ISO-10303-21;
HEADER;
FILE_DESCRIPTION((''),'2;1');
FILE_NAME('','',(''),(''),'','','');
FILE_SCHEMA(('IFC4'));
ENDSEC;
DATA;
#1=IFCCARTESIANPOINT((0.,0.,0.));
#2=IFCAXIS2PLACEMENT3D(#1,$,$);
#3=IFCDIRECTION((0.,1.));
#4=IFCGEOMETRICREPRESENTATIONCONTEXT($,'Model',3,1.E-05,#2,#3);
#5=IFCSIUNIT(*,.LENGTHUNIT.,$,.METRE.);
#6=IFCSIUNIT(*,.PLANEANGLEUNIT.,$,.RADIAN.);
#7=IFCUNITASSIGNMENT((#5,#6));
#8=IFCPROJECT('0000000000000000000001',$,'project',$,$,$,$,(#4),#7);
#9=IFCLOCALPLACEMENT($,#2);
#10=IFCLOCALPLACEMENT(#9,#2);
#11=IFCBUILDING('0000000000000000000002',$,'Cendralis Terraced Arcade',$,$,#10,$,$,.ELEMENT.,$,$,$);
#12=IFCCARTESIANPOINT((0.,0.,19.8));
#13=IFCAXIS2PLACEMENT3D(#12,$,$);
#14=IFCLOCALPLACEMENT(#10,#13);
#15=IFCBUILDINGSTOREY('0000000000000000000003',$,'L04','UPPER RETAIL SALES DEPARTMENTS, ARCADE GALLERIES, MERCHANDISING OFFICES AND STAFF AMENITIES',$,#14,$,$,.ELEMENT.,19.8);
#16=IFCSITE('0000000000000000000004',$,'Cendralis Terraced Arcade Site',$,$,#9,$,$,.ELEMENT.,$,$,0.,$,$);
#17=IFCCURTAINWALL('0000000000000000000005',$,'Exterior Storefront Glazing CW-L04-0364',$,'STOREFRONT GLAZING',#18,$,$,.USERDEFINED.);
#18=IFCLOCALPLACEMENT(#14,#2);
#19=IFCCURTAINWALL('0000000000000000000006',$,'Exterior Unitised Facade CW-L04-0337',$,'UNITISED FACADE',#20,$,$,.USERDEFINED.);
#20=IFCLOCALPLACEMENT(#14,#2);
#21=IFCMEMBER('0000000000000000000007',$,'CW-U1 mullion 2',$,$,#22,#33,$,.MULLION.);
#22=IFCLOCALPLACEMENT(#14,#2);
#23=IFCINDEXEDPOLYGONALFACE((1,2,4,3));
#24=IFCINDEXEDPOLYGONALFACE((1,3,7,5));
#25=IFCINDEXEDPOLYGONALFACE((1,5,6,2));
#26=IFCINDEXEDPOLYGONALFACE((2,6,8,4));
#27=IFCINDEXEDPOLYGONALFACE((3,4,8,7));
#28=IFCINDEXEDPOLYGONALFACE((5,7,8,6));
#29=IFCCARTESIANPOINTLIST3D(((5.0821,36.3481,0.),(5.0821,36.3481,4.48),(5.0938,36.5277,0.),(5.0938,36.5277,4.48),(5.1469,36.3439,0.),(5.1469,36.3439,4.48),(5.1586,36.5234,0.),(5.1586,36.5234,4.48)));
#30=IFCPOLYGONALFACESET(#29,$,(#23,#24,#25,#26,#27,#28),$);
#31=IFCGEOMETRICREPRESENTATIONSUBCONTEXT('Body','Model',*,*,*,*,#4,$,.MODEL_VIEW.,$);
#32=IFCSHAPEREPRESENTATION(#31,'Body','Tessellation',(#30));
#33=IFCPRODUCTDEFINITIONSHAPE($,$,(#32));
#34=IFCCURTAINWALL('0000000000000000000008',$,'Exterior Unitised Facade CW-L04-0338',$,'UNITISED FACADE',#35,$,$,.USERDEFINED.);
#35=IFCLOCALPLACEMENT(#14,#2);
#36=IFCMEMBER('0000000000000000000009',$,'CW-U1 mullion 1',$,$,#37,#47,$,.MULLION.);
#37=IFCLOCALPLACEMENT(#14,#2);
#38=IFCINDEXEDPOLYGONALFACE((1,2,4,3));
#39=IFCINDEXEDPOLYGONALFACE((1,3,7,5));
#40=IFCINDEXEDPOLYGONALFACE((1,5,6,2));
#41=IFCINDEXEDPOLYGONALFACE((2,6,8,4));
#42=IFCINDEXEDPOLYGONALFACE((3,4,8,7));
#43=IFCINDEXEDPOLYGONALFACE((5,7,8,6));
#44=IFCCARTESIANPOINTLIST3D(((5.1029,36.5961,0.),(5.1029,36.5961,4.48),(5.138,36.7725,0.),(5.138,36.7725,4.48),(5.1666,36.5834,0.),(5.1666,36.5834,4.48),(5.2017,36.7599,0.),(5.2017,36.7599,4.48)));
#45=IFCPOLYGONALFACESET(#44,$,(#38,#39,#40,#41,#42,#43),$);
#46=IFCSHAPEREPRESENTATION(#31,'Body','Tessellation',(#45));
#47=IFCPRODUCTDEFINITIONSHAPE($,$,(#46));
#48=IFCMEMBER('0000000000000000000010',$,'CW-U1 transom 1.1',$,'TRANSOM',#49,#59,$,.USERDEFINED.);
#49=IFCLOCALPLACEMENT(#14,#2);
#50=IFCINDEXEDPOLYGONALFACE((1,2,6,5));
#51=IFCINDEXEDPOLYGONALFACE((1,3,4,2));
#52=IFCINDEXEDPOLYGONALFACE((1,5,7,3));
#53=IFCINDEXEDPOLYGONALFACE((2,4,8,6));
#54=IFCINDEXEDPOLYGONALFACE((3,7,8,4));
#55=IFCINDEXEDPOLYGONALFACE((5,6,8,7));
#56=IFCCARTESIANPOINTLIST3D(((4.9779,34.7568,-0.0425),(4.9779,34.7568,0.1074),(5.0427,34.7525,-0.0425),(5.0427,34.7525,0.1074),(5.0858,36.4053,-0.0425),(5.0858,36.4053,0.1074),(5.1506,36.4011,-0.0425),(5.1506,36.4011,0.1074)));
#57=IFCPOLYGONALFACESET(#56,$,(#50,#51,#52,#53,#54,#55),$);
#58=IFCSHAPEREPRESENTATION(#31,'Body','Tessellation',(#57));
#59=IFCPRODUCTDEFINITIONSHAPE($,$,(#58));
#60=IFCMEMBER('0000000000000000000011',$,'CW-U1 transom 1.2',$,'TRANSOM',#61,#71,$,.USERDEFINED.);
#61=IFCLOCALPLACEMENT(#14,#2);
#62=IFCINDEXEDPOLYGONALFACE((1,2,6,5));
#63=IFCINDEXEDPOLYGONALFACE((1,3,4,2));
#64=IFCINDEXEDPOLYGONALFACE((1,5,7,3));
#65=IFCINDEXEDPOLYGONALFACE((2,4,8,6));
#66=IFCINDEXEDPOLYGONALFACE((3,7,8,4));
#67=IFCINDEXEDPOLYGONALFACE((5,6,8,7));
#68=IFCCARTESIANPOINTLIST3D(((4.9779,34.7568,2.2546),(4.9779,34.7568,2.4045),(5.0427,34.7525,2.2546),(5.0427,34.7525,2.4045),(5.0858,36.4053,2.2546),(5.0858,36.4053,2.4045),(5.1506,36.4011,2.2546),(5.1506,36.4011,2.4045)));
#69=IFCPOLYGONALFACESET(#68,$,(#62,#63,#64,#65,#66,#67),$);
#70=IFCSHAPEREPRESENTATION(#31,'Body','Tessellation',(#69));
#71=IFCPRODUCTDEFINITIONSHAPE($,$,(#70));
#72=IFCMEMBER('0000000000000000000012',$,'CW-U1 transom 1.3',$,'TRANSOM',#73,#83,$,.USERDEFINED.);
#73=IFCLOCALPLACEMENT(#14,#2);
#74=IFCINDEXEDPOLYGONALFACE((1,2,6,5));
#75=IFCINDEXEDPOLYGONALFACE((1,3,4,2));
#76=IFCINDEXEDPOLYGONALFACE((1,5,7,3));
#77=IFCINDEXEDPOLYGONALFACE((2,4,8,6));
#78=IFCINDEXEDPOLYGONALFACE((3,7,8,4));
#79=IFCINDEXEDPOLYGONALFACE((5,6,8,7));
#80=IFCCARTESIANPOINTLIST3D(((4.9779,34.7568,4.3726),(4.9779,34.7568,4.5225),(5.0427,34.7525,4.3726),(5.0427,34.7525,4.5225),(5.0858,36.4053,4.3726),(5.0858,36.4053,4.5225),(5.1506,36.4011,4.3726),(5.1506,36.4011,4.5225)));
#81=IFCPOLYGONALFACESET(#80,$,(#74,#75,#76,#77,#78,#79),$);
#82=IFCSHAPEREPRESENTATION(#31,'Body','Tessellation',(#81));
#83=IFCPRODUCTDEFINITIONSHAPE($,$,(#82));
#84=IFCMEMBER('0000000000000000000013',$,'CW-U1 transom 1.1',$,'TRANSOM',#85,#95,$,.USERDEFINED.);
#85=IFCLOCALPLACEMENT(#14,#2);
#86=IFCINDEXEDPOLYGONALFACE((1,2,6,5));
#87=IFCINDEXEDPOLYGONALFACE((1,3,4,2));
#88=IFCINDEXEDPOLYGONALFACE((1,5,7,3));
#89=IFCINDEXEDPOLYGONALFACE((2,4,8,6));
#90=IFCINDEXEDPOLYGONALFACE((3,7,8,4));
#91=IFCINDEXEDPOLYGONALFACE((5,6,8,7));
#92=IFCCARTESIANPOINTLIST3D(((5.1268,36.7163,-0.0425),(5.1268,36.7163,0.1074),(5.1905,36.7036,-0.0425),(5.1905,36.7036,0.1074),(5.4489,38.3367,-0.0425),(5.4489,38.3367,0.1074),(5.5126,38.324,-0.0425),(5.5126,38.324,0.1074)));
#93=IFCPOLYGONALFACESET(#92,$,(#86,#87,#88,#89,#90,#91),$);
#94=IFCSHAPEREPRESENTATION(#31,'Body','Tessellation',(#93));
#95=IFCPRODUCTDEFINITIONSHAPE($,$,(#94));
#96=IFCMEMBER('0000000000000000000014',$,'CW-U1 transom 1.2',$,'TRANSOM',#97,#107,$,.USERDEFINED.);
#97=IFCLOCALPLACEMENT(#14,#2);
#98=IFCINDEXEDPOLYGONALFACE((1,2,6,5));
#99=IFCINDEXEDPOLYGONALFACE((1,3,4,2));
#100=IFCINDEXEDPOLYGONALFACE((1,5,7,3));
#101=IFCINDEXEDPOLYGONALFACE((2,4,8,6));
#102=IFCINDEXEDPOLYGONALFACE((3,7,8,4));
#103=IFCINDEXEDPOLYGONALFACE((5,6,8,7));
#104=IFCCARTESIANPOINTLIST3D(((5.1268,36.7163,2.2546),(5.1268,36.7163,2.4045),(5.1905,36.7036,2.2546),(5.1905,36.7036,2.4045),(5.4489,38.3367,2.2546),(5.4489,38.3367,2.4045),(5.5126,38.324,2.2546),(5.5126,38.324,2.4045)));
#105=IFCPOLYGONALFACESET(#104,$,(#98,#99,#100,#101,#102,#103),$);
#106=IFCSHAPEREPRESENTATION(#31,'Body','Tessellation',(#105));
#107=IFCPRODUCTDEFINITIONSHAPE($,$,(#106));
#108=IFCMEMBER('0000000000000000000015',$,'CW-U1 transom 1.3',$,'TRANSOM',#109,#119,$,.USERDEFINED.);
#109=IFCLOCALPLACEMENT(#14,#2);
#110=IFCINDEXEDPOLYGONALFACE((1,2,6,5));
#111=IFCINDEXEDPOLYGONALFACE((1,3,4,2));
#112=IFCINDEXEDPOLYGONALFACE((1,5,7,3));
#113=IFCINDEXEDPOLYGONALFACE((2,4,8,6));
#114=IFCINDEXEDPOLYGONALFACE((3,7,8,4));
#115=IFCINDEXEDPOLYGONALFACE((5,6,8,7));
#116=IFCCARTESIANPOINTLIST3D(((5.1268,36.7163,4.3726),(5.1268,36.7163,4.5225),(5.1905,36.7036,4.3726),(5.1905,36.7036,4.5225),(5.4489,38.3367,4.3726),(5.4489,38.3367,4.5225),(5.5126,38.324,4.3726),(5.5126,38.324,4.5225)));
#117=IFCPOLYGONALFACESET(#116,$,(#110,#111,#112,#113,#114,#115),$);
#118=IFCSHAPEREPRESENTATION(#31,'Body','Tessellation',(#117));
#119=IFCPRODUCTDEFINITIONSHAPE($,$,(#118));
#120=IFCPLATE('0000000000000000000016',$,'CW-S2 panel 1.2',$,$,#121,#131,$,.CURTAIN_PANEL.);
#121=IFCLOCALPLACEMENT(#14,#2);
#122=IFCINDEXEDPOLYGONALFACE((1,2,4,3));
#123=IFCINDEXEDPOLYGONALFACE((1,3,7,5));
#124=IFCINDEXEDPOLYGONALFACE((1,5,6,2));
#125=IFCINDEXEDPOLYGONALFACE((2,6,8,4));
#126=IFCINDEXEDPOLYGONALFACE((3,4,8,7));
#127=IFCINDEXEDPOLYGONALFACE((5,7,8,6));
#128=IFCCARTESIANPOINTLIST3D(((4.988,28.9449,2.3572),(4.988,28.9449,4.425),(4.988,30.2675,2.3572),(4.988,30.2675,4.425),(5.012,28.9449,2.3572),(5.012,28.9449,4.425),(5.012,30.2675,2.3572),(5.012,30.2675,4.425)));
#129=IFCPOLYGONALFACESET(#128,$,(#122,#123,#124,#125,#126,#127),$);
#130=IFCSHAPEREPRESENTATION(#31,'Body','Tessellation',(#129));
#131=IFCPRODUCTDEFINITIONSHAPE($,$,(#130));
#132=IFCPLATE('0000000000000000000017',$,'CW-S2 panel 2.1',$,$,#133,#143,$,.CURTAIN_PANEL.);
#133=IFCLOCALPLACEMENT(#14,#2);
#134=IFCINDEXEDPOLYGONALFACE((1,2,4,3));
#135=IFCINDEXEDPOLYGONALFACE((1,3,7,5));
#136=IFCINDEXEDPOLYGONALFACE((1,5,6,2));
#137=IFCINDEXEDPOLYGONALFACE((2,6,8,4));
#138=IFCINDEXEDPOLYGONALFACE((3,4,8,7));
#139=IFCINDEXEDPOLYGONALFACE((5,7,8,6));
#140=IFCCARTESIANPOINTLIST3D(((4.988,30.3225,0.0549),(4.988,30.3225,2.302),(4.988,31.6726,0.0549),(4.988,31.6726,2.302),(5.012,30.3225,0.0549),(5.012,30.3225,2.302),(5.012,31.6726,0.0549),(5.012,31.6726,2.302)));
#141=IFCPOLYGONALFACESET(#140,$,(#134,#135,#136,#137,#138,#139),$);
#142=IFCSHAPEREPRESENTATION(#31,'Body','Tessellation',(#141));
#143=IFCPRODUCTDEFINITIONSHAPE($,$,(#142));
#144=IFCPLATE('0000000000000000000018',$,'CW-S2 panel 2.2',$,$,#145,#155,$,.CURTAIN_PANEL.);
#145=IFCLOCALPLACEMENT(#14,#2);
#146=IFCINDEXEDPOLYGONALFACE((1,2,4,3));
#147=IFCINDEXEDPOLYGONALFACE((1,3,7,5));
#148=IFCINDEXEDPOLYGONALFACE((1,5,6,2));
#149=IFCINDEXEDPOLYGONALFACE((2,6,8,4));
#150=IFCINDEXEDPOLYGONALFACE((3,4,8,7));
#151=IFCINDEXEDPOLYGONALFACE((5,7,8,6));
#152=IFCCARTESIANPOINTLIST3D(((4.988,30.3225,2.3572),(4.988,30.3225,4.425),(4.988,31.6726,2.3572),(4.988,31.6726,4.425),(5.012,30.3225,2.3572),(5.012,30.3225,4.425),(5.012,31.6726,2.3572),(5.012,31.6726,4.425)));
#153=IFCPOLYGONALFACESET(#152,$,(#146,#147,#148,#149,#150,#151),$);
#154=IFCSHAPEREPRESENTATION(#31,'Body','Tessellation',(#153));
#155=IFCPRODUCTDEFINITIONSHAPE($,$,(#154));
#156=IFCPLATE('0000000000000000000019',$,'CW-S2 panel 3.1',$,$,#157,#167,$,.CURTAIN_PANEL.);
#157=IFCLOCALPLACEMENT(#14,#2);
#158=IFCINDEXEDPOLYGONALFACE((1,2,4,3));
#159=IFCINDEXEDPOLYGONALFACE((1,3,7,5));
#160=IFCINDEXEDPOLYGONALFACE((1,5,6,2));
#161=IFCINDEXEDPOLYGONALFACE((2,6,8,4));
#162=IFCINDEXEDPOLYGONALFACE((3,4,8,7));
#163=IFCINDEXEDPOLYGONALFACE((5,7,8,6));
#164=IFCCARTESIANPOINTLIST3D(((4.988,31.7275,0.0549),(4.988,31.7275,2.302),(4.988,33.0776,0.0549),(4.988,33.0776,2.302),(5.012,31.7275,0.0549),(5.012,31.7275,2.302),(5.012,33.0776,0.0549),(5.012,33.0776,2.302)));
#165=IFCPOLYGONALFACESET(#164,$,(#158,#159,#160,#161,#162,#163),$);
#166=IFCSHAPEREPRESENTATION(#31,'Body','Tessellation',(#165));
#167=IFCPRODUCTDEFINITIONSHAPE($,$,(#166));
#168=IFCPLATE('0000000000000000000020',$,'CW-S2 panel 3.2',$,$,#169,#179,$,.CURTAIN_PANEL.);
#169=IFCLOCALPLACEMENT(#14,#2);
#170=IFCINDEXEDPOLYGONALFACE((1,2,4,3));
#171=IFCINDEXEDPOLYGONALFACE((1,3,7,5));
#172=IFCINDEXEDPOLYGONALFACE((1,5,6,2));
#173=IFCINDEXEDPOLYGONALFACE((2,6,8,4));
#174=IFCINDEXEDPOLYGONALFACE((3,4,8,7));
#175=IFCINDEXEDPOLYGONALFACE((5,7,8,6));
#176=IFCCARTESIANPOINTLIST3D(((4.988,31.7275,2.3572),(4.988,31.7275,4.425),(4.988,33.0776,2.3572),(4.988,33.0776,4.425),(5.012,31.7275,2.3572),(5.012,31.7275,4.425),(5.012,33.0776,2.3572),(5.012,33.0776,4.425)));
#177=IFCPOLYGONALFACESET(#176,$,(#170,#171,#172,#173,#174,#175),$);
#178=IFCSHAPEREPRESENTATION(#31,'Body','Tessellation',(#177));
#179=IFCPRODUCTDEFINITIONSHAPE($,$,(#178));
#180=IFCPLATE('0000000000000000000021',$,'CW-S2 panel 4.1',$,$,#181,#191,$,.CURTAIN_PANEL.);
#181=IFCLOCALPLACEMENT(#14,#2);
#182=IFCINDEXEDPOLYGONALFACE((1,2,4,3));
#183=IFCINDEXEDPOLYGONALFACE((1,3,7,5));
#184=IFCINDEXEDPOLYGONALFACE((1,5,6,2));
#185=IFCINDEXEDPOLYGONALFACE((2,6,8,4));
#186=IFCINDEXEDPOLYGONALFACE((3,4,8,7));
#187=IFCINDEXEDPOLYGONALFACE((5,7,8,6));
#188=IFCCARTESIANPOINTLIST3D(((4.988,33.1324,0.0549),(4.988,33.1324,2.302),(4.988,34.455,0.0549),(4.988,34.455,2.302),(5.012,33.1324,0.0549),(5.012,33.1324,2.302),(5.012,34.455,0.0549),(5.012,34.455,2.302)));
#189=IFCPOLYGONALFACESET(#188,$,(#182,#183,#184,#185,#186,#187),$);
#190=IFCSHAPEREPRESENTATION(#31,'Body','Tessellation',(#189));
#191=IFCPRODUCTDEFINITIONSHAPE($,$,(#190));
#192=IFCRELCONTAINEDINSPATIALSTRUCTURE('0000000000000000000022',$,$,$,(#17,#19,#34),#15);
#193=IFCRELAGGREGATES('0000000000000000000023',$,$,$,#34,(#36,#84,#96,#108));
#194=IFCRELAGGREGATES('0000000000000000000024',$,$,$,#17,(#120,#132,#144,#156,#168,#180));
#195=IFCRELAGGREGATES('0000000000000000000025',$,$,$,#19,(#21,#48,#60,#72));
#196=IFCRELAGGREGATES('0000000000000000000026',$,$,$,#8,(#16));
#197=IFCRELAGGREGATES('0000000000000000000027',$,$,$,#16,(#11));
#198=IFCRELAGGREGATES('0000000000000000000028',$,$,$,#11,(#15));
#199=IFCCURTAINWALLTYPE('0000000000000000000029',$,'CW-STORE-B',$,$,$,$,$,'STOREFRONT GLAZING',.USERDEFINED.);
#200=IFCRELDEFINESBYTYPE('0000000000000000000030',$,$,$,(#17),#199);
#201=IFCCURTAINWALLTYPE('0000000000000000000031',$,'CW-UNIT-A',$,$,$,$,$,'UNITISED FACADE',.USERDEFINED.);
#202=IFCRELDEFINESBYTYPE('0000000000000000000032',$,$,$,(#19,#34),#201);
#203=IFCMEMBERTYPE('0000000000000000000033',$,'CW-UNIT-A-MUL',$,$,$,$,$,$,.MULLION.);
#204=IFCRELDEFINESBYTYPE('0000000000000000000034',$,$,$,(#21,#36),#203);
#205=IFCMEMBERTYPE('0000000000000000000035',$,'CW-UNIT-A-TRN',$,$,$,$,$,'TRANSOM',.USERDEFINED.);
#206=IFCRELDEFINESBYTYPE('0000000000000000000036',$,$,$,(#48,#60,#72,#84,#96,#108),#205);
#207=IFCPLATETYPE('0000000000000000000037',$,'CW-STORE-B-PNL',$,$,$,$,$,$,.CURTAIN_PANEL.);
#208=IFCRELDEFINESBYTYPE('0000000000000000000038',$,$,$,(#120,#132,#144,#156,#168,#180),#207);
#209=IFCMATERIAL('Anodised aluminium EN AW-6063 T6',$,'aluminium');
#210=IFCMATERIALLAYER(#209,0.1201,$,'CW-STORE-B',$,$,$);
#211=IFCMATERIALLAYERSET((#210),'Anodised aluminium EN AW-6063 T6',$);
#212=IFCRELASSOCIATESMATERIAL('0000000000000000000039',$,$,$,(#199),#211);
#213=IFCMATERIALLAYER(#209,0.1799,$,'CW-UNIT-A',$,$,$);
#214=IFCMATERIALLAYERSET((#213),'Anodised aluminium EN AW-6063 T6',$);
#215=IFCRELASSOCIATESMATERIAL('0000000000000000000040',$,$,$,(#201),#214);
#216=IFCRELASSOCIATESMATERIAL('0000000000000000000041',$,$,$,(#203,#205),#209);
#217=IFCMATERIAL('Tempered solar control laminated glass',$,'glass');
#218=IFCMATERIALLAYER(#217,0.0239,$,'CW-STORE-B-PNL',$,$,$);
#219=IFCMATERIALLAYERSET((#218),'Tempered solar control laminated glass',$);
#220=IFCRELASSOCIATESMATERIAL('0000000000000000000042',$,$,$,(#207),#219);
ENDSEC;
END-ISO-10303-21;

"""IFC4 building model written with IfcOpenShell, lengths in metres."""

from ifc_helpers import new_model, si_unit, direction, frame, origin, origin_2d, place, context, subcontext, project, spatial, rectangle, extrude, material, layer, layer_set, material_profile, profile_set, type_object, element, aggregate, save


model = new_model("IFC4")

# Units and contexts
model_context = context("Model", 3, precision=1e-05, world=origin(), true_north=direction((0.0, 1.0)))
body_context = subcontext(model_context, "Body", "Model", "MODEL_VIEW")
ifc_project = project(units=[si_unit("LENGTHUNIT", "METRE"), si_unit("PLANEANGLEUNIT", "RADIAN")], contexts=[model_context])

# Site, building, storey
site_placement = place(None, origin())
site = spatial("IfcSite", under=ifc_project, at=site_placement, Name="Cendralis Terraced Arcade Site", CompositionType="ELEMENT", RefElevation=0.0)
building_placement = place(site_placement, origin())
building = spatial("IfcBuilding", under=site, at=building_placement, Name="Cendralis Terraced Arcade", CompositionType="ELEMENT")
storey_placement = place(building_placement, frame((0.0, 0.0, 19.8)))
storey = spatial("IfcBuildingStorey", under=building, at=storey_placement, Name="L04", Description="UPPER RETAIL SALES DEPARTMENTS, ARCADE GALLERIES, MERCHANDISING OFFICES AND STAFF AMENITIES", CompositionType="ELEMENT", Elevation=19.8)

# Curtain walls, member
ifc_material_1 = material(Name="Anodised aluminium EN AW-6063 T6", Category="aluminium")
ifc_layer_1 = layer(ifc_material_1, 0.1201, Name="CW-STORE-B")
ifc_layer_set_1 = layer_set([ifc_layer_1], Name="Anodised aluminium EN AW-6063 T6")
curtain_wall_type_1 = type_object("IfcCurtainWallType", Name="CW-STORE-B", ElementType="STOREFRONT GLAZING", PredefinedType="USERDEFINED", material=ifc_layer_set_1)
curtain_wall_1_placement = place(storey_placement, origin())
curtain_wall_1 = element("IfcCurtainWall", 1, at=curtain_wall_1_placement, inside=storey, type_object=curtain_wall_type_1, Name="Exterior Storefront Glazing CW-L04-0364", ObjectType="STOREFRONT GLAZING", PredefinedType="USERDEFINED")
ifc_layer_2 = layer(ifc_material_1, 0.1799, Name="CW-UNIT-A")
ifc_layer_set_2 = layer_set([ifc_layer_2], Name="Anodised aluminium EN AW-6063 T6")
curtain_wall_type_2 = type_object("IfcCurtainWallType", Name="CW-UNIT-A", ElementType="UNITISED FACADE", PredefinedType="USERDEFINED", material=ifc_layer_set_2)
curtain_wall_2_placement = place(storey_placement, origin())
curtain_wall_2 = element("IfcCurtainWall", 2, at=curtain_wall_2_placement, inside=storey, type_object=curtain_wall_type_2, Name="Exterior Unitised Facade CW-L04-0337", ObjectType="UNITISED FACADE", PredefinedType="USERDEFINED")
ifc_material_profile_1 = material_profile(ifc_material_1, rectangle(XDim=0.0649, YDim=0.1799, at=origin_2d()), Name="ALU-MUL-65x180")
ifc_profile_set_1 = profile_set([ifc_material_profile_1], Name="Anodised aluminium EN AW-6063 T6")
member_type_1 = type_object("IfcMemberType", Name="CW-UNIT-A-MUL", PredefinedType="MULLION", material=ifc_profile_set_1)
member_1_placement = place(storey_placement, frame((5.1204, 36.4358, 0.0), z_axis=(0.0, 0.0, 1.0), x_axis=(-0.997861, 0.065372, 0.0)))
member_1 = element("IfcMember", 3, at=member_1_placement, type_object=member_type_1, Name="CW-U1 mullion 2", PredefinedType="MULLION", context=body_context, shape_type="SweptSolid", body=[
    extrude(rectangle(XDim=0.0649, YDim=0.1799, at=origin_2d()), origin(), (0.0, 0.0, 1.0), 4.48),
])

# Curtain wall, member
curtain_wall_3_placement = place(storey_placement, origin())
curtain_wall_3 = element("IfcCurtainWall", 4, at=curtain_wall_3_placement, inside=storey, type_object=curtain_wall_type_2, Name="Exterior Unitised Facade CW-L04-0338", ObjectType="UNITISED FACADE", PredefinedType="USERDEFINED")
member_2_placement = place(storey_placement, frame((5.1523, 36.678, 0.0), z_axis=(0.0, 0.0, 1.0), x_axis=(-0.980792, 0.195058, 0.0)))
member_2 = element("IfcMember", 5, at=member_2_placement, type_object=member_type_1, Name="CW-U1 mullion 1", PredefinedType="MULLION", context=body_context, shape_type="SweptSolid", body=[
    extrude(rectangle(XDim=0.0649, YDim=0.1799, at=origin_2d()), origin(), (0.0, 0.0, 1.0), 4.48),
])

# Members
ifc_material_profile_2 = material_profile(ifc_material_1, rectangle(XDim=0.0649, YDim=0.1499, at=origin_2d()), Name="ALU-TRN-65x150")
ifc_profile_set_2 = profile_set([ifc_material_profile_2], Name="Anodised aluminium EN AW-6063 T6")
member_type_2 = type_object("IfcMemberType", Name="CW-UNIT-A-TRN", ElementType="TRANSOM", PredefinedType="USERDEFINED", material=ifc_profile_set_2)
member_3_placement = place(storey_placement, frame((5.0103, 34.7546, 0.0325), z_axis=(0.065313, 0.997865, 0.0), x_axis=(-0.997865, 0.065313, 0.0)))
member_3 = element("IfcMember", 6, at=member_3_placement, type_object=member_type_2, Name="CW-U1 transom 1.1", ObjectType="TRANSOM", PredefinedType="USERDEFINED", context=body_context, shape_type="SweptSolid", body=[
    extrude(rectangle(XDim=0.0649, YDim=0.1499, at=origin_2d()), origin(), (0.0, 0.0, 1.0), 1.6521),
])
member_4_placement = place(storey_placement, frame((5.0103, 34.7546, 2.3296), z_axis=(0.065313, 0.997865, 0.0), x_axis=(-0.997865, 0.065313, 0.0)))
member_4 = element("IfcMember", 7, at=member_4_placement, type_object=member_type_2, Name="CW-U1 transom 1.2", ObjectType="TRANSOM", PredefinedType="USERDEFINED", context=body_context, shape_type="SweptSolid", body=[
    extrude(rectangle(XDim=0.0649, YDim=0.1499, at=origin_2d()), origin(), (0.0, 0.0, 1.0), 1.6521),
])
member_5_placement = place(storey_placement, frame((5.0103, 34.7546, 4.4475), z_axis=(0.065313, 0.997865, 0.0), x_axis=(-0.997865, 0.065313, 0.0)))
member_5 = element("IfcMember", 8, at=member_5_placement, type_object=member_type_2, Name="CW-U1 transom 1.3", ObjectType="TRANSOM", PredefinedType="USERDEFINED", context=body_context, shape_type="SweptSolid", body=[
    extrude(rectangle(XDim=0.0649, YDim=0.1499, at=origin_2d()), origin(), (0.0, 0.0, 1.0), 1.6521),
])
member_6_placement = place(storey_placement, frame((5.1587, 36.71, 0.0325), z_axis=(0.194922, 0.980819, 0.0), x_axis=(-0.980819, 0.194922, 0.0)))
member_6 = element("IfcMember", 9, at=member_6_placement, type_object=member_type_2, Name="CW-U1 transom 1.1", ObjectType="TRANSOM", PredefinedType="USERDEFINED", context=body_context, shape_type="SweptSolid", body=[
    extrude(rectangle(XDim=0.0649, YDim=0.1499, at=origin_2d()), origin(), (0.0, 0.0, 1.0), 1.6521),
])
member_7_placement = place(storey_placement, frame((5.1587, 36.71, 2.3296), z_axis=(0.194922, 0.980819, 0.0), x_axis=(-0.980819, 0.194922, 0.0)))
member_7 = element("IfcMember", 10, at=member_7_placement, type_object=member_type_2, Name="CW-U1 transom 1.2", ObjectType="TRANSOM", PredefinedType="USERDEFINED", context=body_context, shape_type="SweptSolid", body=[
    extrude(rectangle(XDim=0.0649, YDim=0.1499, at=origin_2d()), origin(), (0.0, 0.0, 1.0), 1.6521),
])
member_8_placement = place(storey_placement, frame((5.1587, 36.71, 4.4475), z_axis=(0.194922, 0.980819, 0.0), x_axis=(-0.980819, 0.194922, 0.0)))
member_8 = element("IfcMember", 11, at=member_8_placement, type_object=member_type_2, Name="CW-U1 transom 1.3", ObjectType="TRANSOM", PredefinedType="USERDEFINED", context=body_context, shape_type="SweptSolid", body=[
    extrude(rectangle(XDim=0.0649, YDim=0.1499, at=origin_2d()), origin(), (0.0, 0.0, 1.0), 1.6521),
])
aggregate(curtain_wall_3, [member_2, member_6, member_7, member_8])

# Plates
ifc_material_2 = material(Name="Tempered solar control laminated glass", Category="glass")
ifc_layer_3 = layer(ifc_material_2, 0.0239, Name="CW-STORE-B-PNL")
ifc_layer_set_3 = layer_set([ifc_layer_3], Name="Tempered solar control laminated glass")
plate_type_1 = type_object("IfcPlateType", Name="CW-STORE-B-PNL", PredefinedType="CURTAIN_PANEL", material=ifc_layer_set_3)
plate_1_placement = place(storey_placement, frame((5.0, 29.6062, 2.3572), z_axis=(0.0, 0.0, 1.0), x_axis=(0.0, 1.0, 0.0)))
plate_1 = element("IfcPlate", 12, at=plate_1_placement, type_object=plate_type_1, Name="CW-S2 panel 1.2", PredefinedType="CURTAIN_PANEL", context=body_context, shape_type="SweptSolid", body=[
    extrude(rectangle(XDim=1.3225, YDim=0.0239, at=origin_2d()), origin(), (0.0, 0.0, 1.0), 2.0679),
])
plate_2_placement = place(storey_placement, frame((5.0, 30.9976, 0.0549), z_axis=(0.0, 0.0, 1.0), x_axis=(0.0, 1.0, 0.0)))
plate_2 = element("IfcPlate", 13, at=plate_2_placement, type_object=plate_type_1, Name="CW-S2 panel 2.1", PredefinedType="CURTAIN_PANEL", context=body_context, shape_type="SweptSolid", body=[
    extrude(rectangle(XDim=1.3501, YDim=0.0239, at=origin_2d()), origin(), (0.0, 0.0, 1.0), 2.2471),
])
plate_3_placement = place(storey_placement, frame((5.0, 30.9976, 2.3572), z_axis=(0.0, 0.0, 1.0), x_axis=(0.0, 1.0, 0.0)))
plate_3 = element("IfcPlate", 14, at=plate_3_placement, type_object=plate_type_1, Name="CW-S2 panel 2.2", PredefinedType="CURTAIN_PANEL", context=body_context, shape_type="SweptSolid", body=[
    extrude(rectangle(XDim=1.3501, YDim=0.0239, at=origin_2d()), origin(), (0.0, 0.0, 1.0), 2.0679),
])
plate_4_placement = place(storey_placement, frame((5.0, 32.4026, 0.0549), z_axis=(0.0, 0.0, 1.0), x_axis=(0.0, 1.0, 0.0)))
plate_4 = element("IfcPlate", 15, at=plate_4_placement, type_object=plate_type_1, Name="CW-S2 panel 3.1", PredefinedType="CURTAIN_PANEL", context=body_context, shape_type="SweptSolid", body=[
    extrude(rectangle(XDim=1.3501, YDim=0.0239, at=origin_2d()), origin(), (0.0, 0.0, 1.0), 2.2471),
])
plate_5_placement = place(storey_placement, frame((5.0, 32.4026, 2.3572), z_axis=(0.0, 0.0, 1.0), x_axis=(0.0, 1.0, 0.0)))
plate_5 = element("IfcPlate", 16, at=plate_5_placement, type_object=plate_type_1, Name="CW-S2 panel 3.2", PredefinedType="CURTAIN_PANEL", context=body_context, shape_type="SweptSolid", body=[
    extrude(rectangle(XDim=1.3501, YDim=0.0239, at=origin_2d()), origin(), (0.0, 0.0, 1.0), 2.0679),
])
plate_6_placement = place(storey_placement, frame((5.0, 33.7937, 0.0549), z_axis=(0.0, 0.0, 1.0), x_axis=(0.0, 1.0, 0.0)))
plate_6 = element("IfcPlate", 17, at=plate_6_placement, type_object=plate_type_1, Name="CW-S2 panel 4.1", PredefinedType="CURTAIN_PANEL", context=body_context, shape_type="SweptSolid", body=[
    extrude(rectangle(XDim=1.3225, YDim=0.0239, at=origin_2d()), origin(), (0.0, 0.0, 1.0), 2.2471),
])
aggregate(curtain_wall_1, [plate_1, plate_2, plate_3, plate_4, plate_5, plate_6])
aggregate(curtain_wall_2, [member_1, member_3, member_4, member_5])

save(model, "model.ifc")
